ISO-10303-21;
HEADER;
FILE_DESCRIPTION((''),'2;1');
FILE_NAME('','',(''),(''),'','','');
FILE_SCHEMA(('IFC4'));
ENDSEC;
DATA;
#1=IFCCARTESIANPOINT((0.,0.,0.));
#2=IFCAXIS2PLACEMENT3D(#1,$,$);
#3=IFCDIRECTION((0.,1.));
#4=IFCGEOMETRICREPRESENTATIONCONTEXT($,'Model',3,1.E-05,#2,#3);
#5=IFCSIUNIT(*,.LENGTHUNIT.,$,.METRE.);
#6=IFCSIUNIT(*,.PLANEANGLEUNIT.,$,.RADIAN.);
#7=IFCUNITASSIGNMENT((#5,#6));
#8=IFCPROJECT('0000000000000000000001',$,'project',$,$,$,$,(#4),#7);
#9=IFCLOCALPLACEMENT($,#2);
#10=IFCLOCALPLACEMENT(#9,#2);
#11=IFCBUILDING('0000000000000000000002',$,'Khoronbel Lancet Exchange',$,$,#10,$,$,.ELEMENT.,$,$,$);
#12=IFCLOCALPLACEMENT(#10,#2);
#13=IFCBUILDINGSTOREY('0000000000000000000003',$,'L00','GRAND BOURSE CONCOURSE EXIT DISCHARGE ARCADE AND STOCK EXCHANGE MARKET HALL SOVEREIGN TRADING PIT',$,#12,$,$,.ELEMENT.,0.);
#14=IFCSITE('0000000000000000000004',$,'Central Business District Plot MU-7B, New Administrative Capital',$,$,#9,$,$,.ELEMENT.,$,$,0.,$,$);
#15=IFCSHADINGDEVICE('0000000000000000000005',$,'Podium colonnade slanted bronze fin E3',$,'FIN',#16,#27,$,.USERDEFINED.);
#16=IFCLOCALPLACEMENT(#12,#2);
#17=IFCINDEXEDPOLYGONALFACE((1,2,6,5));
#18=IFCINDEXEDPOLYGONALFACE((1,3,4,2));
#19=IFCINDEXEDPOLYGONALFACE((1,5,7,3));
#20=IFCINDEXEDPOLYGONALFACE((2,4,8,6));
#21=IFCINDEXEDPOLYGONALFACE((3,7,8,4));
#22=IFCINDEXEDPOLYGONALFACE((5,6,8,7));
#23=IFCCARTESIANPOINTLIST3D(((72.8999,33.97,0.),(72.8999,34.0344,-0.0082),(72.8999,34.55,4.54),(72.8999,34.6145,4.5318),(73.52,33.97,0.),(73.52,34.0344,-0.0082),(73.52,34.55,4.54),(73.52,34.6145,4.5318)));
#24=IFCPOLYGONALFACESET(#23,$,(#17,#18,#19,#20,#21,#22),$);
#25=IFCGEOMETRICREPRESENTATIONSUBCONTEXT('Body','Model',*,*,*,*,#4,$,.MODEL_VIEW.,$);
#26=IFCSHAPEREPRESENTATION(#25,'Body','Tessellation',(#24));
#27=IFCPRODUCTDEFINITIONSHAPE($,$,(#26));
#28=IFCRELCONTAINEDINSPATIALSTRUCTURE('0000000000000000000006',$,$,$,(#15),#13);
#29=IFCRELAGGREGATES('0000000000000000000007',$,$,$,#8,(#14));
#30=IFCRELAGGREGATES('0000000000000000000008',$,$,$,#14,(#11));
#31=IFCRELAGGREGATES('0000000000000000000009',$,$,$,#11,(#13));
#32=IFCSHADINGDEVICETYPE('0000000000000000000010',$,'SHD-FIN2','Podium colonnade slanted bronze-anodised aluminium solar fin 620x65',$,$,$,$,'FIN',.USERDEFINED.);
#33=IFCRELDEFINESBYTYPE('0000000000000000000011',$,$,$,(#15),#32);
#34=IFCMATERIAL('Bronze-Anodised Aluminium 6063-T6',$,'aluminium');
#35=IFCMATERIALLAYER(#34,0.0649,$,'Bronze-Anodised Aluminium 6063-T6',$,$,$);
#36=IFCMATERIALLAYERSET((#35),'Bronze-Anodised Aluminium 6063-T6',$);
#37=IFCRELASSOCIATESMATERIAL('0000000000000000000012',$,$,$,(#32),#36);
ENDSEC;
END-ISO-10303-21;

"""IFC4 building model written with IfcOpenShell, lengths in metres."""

from ifc_helpers import new_model, si_unit, direction, frame, origin, place, context, subcontext, project, spatial, polyline, outline, extrude, material, layer, layer_set, type_object, element, save


model = new_model("IFC4")

# Units and contexts
model_context = context("Model", 3, precision=1e-05, world=origin(), true_north=direction((0.0, 1.0)))
body_context = subcontext(model_context, "Body", "Model", "MODEL_VIEW")
ifc_project = project(units=[si_unit("LENGTHUNIT", "METRE"), si_unit("PLANEANGLEUNIT", "RADIAN")], contexts=[model_context])

# Site, building, storey
site_placement = place(None, origin())
site = spatial("IfcSite", under=ifc_project, at=site_placement, Name="Central Business District Plot MU-7B, New Administrative Capital", CompositionType="ELEMENT", RefElevation=0.0)
building_placement = place(site_placement, origin())
building = spatial("IfcBuilding", under=site, at=building_placement, Name="Khoronbel Lancet Exchange", CompositionType="ELEMENT")
storey_placement = place(building_placement, origin())
storey = spatial("IfcBuildingStorey", under=building, at=storey_placement, Name="L00", Description="GRAND BOURSE CONCOURSE EXIT DISCHARGE ARCADE AND STOCK EXCHANGE MARKET HALL SOVEREIGN TRADING PIT", CompositionType="ELEMENT", Elevation=0.0)

# Shading device
ifc_material_1 = material(Name="Bronze-Anodised Aluminium 6063-T6", Category="aluminium")
ifc_layer_1 = layer(ifc_material_1, 0.0649, Name="Bronze-Anodised Aluminium 6063-T6")
ifc_layer_set_1 = layer_set([ifc_layer_1], Name="Bronze-Anodised Aluminium 6063-T6")
shading_device_type = type_object("IfcShadingDeviceType", Name="SHD-FIN2", Description="Podium colonnade slanted bronze-anodised aluminium solar fin 620x65", ElementType="FIN", PredefinedType="USERDEFINED", material=ifc_layer_set_1)
for number, where, z_axis, x_axis, name in (
    (1, (72.8999, 33.97, 0.0), (0.0, -0.991936, 0.126739), (1.0, 0.0, 0.0), "Podium colonnade slanted bronze fin E3"),
):
    element("IfcShadingDevice", number, at=place(storey_placement, frame(where, z_axis=z_axis, x_axis=x_axis)), inside=storey, type_object=shading_device_type, Name=name, ObjectType="FIN", PredefinedType="USERDEFINED", context=body_context, shape_type="SweptSolid", body=[
        extrude(outline(polyline([(0.0, 0.0), (0.6201, 0.0), (0.6201, 4.5769), (0.0, 4.5769), (0.0, 0.0)])), origin(), (0.0, 0.0, -1.0), 0.0649),
    ])

save(model, "model.ifc")
